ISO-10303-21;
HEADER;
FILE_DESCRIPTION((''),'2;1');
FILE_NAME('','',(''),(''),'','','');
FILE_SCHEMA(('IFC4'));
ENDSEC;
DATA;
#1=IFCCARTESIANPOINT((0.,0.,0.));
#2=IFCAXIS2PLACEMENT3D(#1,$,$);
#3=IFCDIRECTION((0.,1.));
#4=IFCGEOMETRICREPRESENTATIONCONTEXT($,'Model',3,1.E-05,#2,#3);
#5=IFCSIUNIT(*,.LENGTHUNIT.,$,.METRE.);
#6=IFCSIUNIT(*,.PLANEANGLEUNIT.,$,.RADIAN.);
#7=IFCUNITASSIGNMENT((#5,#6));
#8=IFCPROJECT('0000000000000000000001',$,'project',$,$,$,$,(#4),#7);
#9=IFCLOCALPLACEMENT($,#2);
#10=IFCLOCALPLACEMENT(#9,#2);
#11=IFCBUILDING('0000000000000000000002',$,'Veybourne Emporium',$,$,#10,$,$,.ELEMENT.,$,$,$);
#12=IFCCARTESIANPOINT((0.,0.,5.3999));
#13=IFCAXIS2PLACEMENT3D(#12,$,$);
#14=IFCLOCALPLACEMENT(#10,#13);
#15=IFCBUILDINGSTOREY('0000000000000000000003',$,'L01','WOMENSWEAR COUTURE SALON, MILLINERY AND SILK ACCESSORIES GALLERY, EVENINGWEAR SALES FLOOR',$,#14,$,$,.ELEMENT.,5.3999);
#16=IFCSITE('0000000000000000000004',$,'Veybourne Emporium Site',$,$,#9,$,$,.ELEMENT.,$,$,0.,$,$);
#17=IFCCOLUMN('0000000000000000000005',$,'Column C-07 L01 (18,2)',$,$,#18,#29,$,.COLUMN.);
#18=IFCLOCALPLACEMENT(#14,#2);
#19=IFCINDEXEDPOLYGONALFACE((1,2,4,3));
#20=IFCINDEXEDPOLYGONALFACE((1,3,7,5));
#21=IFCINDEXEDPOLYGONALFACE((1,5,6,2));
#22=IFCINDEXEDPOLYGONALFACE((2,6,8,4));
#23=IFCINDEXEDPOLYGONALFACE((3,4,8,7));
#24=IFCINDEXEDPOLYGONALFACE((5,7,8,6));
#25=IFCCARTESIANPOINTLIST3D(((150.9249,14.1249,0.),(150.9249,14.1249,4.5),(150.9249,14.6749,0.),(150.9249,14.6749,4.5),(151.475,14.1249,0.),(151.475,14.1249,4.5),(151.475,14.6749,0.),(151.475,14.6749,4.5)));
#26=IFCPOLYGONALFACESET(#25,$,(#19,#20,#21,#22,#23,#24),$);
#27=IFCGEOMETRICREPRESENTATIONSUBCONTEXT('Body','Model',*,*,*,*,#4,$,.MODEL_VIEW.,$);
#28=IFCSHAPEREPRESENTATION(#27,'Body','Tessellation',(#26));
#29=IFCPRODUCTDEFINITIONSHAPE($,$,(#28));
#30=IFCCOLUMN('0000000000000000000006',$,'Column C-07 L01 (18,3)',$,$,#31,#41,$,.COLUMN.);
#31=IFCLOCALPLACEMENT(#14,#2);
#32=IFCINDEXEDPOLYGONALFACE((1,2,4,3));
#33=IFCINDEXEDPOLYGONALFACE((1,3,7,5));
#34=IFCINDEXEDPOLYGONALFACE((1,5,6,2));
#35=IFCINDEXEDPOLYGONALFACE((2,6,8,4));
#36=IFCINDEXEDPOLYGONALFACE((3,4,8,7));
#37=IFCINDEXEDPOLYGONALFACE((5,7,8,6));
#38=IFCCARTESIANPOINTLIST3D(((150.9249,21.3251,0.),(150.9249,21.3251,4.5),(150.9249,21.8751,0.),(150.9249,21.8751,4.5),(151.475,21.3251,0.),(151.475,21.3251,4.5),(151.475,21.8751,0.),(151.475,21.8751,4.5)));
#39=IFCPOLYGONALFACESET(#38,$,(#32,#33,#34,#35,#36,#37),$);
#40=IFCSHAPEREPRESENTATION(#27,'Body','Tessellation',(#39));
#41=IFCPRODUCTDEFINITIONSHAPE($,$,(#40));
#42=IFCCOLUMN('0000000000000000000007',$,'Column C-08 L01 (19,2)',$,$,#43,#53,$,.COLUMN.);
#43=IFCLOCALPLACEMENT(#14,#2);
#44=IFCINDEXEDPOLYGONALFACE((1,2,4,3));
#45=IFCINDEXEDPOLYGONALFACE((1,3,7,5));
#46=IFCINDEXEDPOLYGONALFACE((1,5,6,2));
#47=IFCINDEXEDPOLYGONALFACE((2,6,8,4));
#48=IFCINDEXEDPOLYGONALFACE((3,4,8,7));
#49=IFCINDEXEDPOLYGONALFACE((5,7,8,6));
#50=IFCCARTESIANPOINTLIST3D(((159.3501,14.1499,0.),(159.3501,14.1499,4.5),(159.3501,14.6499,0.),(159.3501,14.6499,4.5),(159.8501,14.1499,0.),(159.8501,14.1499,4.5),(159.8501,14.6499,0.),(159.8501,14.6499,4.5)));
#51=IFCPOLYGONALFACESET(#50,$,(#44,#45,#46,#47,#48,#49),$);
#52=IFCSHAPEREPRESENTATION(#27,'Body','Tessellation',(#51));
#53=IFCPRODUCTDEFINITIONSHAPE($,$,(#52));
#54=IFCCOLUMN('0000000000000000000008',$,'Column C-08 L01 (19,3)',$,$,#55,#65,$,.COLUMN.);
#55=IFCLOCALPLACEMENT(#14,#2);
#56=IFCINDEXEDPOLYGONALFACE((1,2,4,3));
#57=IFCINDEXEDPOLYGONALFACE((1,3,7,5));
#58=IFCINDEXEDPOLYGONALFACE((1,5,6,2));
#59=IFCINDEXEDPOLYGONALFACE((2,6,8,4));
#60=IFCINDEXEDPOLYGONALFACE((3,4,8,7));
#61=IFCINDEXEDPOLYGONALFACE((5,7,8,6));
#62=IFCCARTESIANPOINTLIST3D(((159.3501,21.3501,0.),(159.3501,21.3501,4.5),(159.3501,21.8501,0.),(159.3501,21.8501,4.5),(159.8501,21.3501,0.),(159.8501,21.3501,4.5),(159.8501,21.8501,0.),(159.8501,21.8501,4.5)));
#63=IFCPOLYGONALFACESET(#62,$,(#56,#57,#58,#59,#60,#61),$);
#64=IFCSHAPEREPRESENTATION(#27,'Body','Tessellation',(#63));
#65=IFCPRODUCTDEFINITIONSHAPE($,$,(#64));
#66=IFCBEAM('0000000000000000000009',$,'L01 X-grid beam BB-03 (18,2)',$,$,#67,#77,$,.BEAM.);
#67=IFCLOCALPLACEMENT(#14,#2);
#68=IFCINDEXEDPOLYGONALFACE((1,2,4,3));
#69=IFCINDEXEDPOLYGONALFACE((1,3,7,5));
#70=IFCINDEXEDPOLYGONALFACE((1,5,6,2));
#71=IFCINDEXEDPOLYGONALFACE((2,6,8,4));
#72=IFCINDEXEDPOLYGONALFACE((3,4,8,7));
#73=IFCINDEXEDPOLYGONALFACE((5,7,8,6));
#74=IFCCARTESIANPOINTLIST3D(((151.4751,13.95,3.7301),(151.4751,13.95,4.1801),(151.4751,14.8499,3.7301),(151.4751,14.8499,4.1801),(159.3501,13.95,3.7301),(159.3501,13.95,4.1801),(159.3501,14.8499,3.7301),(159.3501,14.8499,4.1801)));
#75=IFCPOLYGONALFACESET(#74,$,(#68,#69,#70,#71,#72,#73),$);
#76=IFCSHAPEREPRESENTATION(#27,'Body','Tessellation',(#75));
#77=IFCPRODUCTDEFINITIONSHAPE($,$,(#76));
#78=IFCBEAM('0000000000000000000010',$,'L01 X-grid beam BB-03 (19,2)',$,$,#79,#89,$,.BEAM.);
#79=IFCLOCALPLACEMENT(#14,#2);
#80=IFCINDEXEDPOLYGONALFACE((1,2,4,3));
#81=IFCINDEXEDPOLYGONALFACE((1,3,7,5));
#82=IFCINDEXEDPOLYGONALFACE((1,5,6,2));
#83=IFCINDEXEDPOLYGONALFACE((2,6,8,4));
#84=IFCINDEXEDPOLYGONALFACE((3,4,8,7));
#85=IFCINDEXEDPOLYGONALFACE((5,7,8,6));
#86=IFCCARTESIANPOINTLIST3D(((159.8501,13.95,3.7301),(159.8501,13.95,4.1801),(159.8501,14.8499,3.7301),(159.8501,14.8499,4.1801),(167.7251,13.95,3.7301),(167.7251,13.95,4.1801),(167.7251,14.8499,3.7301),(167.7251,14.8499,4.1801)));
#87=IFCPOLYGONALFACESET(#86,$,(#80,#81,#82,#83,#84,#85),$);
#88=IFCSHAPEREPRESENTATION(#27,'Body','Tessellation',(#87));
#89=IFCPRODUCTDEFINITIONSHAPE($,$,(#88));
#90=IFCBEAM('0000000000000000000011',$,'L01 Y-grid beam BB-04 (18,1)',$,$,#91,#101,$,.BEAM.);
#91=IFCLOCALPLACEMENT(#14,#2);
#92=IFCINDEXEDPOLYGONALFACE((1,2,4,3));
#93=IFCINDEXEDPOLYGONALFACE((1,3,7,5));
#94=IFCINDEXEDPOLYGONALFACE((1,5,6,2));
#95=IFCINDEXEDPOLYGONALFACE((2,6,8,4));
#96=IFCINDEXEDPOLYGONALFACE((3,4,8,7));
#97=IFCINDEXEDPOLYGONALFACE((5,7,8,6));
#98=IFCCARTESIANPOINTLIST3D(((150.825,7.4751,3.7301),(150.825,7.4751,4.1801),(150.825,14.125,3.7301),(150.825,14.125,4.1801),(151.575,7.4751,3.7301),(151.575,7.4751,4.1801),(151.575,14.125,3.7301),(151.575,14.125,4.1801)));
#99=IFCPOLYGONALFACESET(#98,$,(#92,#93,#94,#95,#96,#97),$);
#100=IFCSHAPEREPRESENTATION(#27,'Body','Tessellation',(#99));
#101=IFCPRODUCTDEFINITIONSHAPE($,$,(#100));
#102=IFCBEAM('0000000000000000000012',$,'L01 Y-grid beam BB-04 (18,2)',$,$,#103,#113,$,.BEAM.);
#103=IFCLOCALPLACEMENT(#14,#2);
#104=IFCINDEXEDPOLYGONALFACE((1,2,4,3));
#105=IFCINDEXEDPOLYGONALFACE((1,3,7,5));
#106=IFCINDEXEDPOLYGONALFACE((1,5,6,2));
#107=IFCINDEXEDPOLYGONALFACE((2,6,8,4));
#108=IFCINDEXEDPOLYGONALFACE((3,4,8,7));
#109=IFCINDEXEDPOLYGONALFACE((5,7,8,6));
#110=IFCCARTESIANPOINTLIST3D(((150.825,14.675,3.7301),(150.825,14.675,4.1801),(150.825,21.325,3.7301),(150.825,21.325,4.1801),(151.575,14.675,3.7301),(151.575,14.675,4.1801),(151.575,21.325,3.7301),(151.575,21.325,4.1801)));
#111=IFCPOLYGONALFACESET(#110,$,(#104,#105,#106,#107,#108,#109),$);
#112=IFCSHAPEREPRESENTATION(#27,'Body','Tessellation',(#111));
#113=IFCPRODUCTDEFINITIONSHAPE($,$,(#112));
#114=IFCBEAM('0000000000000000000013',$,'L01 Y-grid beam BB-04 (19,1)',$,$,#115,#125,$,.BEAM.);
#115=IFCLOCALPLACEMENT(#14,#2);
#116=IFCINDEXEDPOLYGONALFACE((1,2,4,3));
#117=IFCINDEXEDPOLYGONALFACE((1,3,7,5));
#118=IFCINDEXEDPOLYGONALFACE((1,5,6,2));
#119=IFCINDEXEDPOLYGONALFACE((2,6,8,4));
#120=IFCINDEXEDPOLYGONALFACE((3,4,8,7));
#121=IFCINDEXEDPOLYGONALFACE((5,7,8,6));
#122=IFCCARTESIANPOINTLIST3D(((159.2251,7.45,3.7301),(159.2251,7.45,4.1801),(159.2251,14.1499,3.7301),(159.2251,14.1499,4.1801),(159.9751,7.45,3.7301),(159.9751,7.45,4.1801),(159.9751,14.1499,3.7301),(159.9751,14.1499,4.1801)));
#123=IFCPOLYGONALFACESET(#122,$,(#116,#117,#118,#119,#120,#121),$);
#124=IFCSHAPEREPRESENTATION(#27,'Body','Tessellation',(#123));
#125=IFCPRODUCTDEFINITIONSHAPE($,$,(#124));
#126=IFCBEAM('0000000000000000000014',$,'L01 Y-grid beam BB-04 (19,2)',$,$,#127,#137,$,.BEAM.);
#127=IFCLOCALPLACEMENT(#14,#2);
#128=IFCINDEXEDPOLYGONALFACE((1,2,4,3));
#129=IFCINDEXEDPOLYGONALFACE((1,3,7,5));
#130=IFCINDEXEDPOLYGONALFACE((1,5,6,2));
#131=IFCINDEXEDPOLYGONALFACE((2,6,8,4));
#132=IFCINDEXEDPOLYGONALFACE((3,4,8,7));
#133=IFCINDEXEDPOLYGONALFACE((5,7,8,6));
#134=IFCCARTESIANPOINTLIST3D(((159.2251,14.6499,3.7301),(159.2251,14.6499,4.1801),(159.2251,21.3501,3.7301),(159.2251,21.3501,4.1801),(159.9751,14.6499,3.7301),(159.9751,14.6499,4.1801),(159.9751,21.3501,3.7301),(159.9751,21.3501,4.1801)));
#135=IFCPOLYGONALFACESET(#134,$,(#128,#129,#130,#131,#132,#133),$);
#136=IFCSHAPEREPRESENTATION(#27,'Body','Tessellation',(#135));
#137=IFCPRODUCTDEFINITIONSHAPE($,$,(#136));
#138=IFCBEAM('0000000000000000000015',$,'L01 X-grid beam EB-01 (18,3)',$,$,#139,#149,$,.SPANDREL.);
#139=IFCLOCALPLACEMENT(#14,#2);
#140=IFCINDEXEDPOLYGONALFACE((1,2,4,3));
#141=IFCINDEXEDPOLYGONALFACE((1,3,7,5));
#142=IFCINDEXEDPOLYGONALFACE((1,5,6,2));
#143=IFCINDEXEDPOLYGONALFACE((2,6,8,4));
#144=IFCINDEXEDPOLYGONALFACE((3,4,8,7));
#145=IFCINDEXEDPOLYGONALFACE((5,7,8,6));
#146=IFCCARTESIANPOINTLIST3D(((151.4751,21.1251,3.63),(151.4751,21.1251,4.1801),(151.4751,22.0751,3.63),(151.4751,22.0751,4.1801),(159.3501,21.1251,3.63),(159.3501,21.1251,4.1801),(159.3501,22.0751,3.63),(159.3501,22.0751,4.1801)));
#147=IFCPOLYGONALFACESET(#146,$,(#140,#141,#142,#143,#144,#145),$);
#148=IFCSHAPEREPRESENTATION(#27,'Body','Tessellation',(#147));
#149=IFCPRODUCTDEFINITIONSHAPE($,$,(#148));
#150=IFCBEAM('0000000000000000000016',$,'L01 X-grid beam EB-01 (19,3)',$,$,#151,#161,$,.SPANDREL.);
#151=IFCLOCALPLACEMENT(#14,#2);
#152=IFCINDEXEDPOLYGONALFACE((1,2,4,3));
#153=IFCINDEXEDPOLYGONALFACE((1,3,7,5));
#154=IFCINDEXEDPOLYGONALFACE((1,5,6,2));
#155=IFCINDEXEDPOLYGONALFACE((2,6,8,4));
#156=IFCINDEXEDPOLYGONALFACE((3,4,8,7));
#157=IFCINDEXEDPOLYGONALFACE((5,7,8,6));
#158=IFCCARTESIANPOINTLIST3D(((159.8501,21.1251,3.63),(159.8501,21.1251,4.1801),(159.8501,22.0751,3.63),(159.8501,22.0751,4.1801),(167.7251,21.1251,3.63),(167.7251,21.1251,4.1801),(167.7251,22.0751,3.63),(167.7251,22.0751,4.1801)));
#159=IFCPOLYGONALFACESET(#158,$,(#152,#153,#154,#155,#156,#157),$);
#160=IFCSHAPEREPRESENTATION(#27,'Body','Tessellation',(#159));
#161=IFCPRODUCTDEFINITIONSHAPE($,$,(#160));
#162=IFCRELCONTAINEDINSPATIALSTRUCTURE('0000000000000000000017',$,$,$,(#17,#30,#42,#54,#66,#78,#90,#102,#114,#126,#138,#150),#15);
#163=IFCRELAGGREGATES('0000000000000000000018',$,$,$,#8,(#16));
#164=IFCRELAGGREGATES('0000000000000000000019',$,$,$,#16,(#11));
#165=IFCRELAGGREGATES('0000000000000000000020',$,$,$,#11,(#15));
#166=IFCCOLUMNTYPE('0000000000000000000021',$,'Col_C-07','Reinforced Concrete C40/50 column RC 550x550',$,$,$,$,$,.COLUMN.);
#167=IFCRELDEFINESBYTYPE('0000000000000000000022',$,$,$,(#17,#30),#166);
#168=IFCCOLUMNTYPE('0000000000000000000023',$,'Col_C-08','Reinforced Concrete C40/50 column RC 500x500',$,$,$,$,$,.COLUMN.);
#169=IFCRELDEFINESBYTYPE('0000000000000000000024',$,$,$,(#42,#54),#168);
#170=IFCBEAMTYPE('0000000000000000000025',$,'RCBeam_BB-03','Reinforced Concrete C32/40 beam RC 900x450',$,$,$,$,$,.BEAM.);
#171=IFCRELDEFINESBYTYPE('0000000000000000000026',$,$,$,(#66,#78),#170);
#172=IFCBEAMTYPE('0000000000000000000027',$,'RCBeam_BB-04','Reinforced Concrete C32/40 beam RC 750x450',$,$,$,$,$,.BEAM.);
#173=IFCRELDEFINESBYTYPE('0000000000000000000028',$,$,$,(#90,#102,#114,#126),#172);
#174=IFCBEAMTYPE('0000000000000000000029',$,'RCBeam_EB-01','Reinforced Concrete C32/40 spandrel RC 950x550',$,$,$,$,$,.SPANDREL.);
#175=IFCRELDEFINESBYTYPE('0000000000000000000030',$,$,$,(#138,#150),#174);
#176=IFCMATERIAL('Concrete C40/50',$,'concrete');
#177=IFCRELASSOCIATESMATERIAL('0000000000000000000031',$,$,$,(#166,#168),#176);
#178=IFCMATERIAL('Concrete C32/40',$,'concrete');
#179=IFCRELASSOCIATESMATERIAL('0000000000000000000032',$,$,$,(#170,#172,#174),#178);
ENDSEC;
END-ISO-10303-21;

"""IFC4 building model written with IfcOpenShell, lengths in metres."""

from ifc_helpers import new_model, si_unit, direction, frame, origin, origin_2d, place, context, subcontext, project, spatial, rectangle, extrude, material, material_profile, profile_set, type_object, element, save


model = new_model("IFC4")

# Units and contexts
model_context = context("Model", 3, precision=1e-05, world=origin(), true_north=direction((0.0, 1.0)))
body_context = subcontext(model_context, "Body", "Model", "MODEL_VIEW")
ifc_project = project(units=[si_unit("LENGTHUNIT", "METRE"), si_unit("PLANEANGLEUNIT", "RADIAN")], contexts=[model_context])

# Site, building, storey
site_placement = place(None, origin())
site = spatial("IfcSite", under=ifc_project, at=site_placement, Name="Veybourne Emporium Site", CompositionType="ELEMENT", RefElevation=0.0)
building_placement = place(site_placement, origin())
building = spatial("IfcBuilding", under=site, at=building_placement, Name="Veybourne Emporium", CompositionType="ELEMENT")
storey_placement = place(building_placement, frame((0.0, 0.0, 5.3999)))
storey = spatial("IfcBuildingStorey", under=building, at=storey_placement, Name="L01", Description="WOMENSWEAR COUTURE SALON, MILLINERY AND SILK ACCESSORIES GALLERY, EVENINGWEAR SALES FLOOR", CompositionType="ELEMENT", Elevation=5.3999)

# Columns
ifc_material_1 = material(Name="Concrete C40/50", Category="concrete")
ifc_material_profile_1 = material_profile(ifc_material_1, rectangle(XDim=0.55, YDim=0.55, at=origin_2d()), Name="RC 550x550")
ifc_profile_set_1 = profile_set([ifc_material_profile_1], Name="Concrete C40/50")
column_type_1 = type_object("IfcColumnType", Name="Col_C-07", Description="Reinforced Concrete C40/50 column RC 550x550", PredefinedType="COLUMN", material=ifc_profile_set_1)
for number, where, z_axis, x_axis, name in (
    (1, (151.2, 14.3999, 0.0), (0.0, 0.0, 1.0), (1.0, 0.0, 0.0), "Column C-07 L01 (18,2)"),
    (2, (151.2, 21.6001, 0.0), (0.0, 0.0, 1.0), (1.0, 0.0, 0.0), "Column C-07 L01 (18,3)"),
):
    element("IfcColumn", number, at=place(storey_placement, frame(where, z_axis=z_axis, x_axis=x_axis)), inside=storey, type_object=column_type_1, Name=name, PredefinedType="COLUMN", context=body_context, shape_type="SweptSolid", body=[
        extrude(rectangle(XDim=0.55, YDim=0.55, at=origin_2d()), origin(), (0.0, 0.0, 1.0), 4.5),
    ])
ifc_material_profile_2 = material_profile(ifc_material_1, rectangle(XDim=0.5, YDim=0.5, at=origin_2d()), Name="RC 500x500")
ifc_profile_set_2 = profile_set([ifc_material_profile_2], Name="Concrete C40/50")
column_type_2 = type_object("IfcColumnType", Name="Col_C-08", Description="Reinforced Concrete C40/50 column RC 500x500", PredefinedType="COLUMN", material=ifc_profile_set_2)
for number, where, z_axis, x_axis, name in (
    (3, (159.6001, 14.3999, 0.0), (0.0, 0.0, 1.0), (1.0, 0.0, 0.0), "Column C-08 L01 (19,2)"),
    (4, (159.6001, 21.6001, 0.0), (0.0, 0.0, 1.0), (1.0, 0.0, 0.0), "Column C-08 L01 (19,3)"),
):
    element("IfcColumn", number, at=place(storey_placement, frame(where, z_axis=z_axis, x_axis=x_axis)), inside=storey, type_object=column_type_2, Name=name, PredefinedType="COLUMN", context=body_context, shape_type="SweptSolid", body=[
        extrude(rectangle(XDim=0.5, YDim=0.5, at=origin_2d()), origin(), (0.0, 0.0, 1.0), 4.5),
    ])

# Beams
ifc_material_2 = material(Name="Concrete C32/40", Category="concrete")
ifc_material_profile_3 = material_profile(ifc_material_2, rectangle(XDim=0.8999, YDim=0.45, at=origin_2d()), Name="RC 900x450")
ifc_profile_set_3 = profile_set([ifc_material_profile_3], Name="Concrete C32/40")
beam_type_1 = type_object("IfcBeamType", Name="RCBeam_BB-03", Description="Reinforced Concrete C32/40 beam RC 900x450", PredefinedType="BEAM", material=ifc_profile_set_3)
for number, where, z_axis, x_axis, name in (
    (5, (151.4751, 14.3999, 3.9551), (1.0, 0.0, 0.0), (0.0, 1.0, 0.0), "L01 X-grid beam BB-03 (18,2)"),
    (6, (159.8501, 14.3999, 3.9551), (1.0, 0.0, 0.0), (0.0, 1.0, 0.0), "L01 X-grid beam BB-03 (19,2)"),
):
    element("IfcBeam", number, at=place(storey_placement, frame(where, z_axis=z_axis, x_axis=x_axis)), inside=storey, type_object=beam_type_1, Name=name, PredefinedType="BEAM", context=body_context, shape_type="SweptSolid", body=[
        extrude(rectangle(XDim=0.8999, YDim=0.45, at=origin_2d()), origin(), (0.0, 0.0, 1.0), 7.875),
    ])
ifc_material_profile_4 = material_profile(ifc_material_2, rectangle(XDim=0.75, YDim=0.45, at=origin_2d()), Name="RC 750x450")
ifc_profile_set_4 = profile_set([ifc_material_profile_4], Name="Concrete C32/40")
beam_type_2 = type_object("IfcBeamType", Name="RCBeam_BB-04", Description="Reinforced Concrete C32/40 beam RC 750x450", PredefinedType="BEAM", material=ifc_profile_set_4)
for number, where, z_axis, x_axis, name in (
    (7, (151.2, 7.4751, 3.9551), (0.0, 1.0, 0.0), (-1.0, 0.0, 0.0), "L01 Y-grid beam BB-04 (18,1)"),
    (8, (151.2, 14.675, 3.9551), (0.0, 1.0, 0.0), (-1.0, 0.0, 0.0), "L01 Y-grid beam BB-04 (18,2)"),
):
    element("IfcBeam", number, at=place(storey_placement, frame(where, z_axis=z_axis, x_axis=x_axis)), inside=storey, type_object=beam_type_2, Name=name, PredefinedType="BEAM", context=body_context, shape_type="SweptSolid", body=[
        extrude(rectangle(XDim=0.75, YDim=0.45, at=origin_2d()), origin(), (0.0, 0.0, 1.0), 6.6499),
    ])
beam_1_placement = place(storey_placement, frame((159.6001, 7.45, 3.9551), z_axis=(0.0, 1.0, 0.0), x_axis=(-1.0, 0.0, 0.0)))
element("IfcBeam", 9, at=beam_1_placement, inside=storey, type_object=beam_type_2, Name="L01 Y-grid beam BB-04 (19,1)", PredefinedType="BEAM", context=body_context, shape_type="SweptSolid", body=[
    extrude(rectangle(XDim=0.75, YDim=0.45, at=origin_2d()), origin(), (0.0, 0.0, 1.0), 6.7),
])
beam_2_placement = place(storey_placement, frame((159.6001, 14.6499, 3.9551), z_axis=(0.0, 1.0, 0.0), x_axis=(-1.0, 0.0, 0.0)))
element("IfcBeam", 10, at=beam_2_placement, inside=storey, type_object=beam_type_2, Name="L01 Y-grid beam BB-04 (19,2)", PredefinedType="BEAM", context=body_context, shape_type="SweptSolid", body=[
    extrude(rectangle(XDim=0.75, YDim=0.45, at=origin_2d()), origin(), (0.0, 0.0, 1.0), 6.7002),
])
ifc_material_profile_5 = material_profile(ifc_material_2, rectangle(XDim=0.95, YDim=0.55, at=origin_2d()), Name="RC 950x550")
ifc_profile_set_5 = profile_set([ifc_material_profile_5], Name="Concrete C32/40")
beam_type_3 = type_object("IfcBeamType", Name="RCBeam_EB-01", Description="Reinforced Concrete C32/40 spandrel RC 950x550", PredefinedType="SPANDREL", material=ifc_profile_set_5)
for number, where, z_axis, x_axis, name in (
    (11, (151.4751, 21.6001, 3.905), (1.0, 0.0, 0.0), (0.0, 1.0, 0.0), "L01 X-grid beam EB-01 (18,3)"),
    (12, (159.8501, 21.6001, 3.905), (1.0, 0.0, 0.0), (0.0, 1.0, 0.0), "L01 X-grid beam EB-01 (19,3)"),
):
    element("IfcBeam", number, at=place(storey_placement, frame(where, z_axis=z_axis, x_axis=x_axis)), inside=storey, type_object=beam_type_3, Name=name, PredefinedType="SPANDREL", context=body_context, shape_type="SweptSolid", body=[
        extrude(rectangle(XDim=0.95, YDim=0.55, at=origin_2d()), origin(), (0.0, 0.0, 1.0), 7.875),
    ])

save(model, "model.ifc")
